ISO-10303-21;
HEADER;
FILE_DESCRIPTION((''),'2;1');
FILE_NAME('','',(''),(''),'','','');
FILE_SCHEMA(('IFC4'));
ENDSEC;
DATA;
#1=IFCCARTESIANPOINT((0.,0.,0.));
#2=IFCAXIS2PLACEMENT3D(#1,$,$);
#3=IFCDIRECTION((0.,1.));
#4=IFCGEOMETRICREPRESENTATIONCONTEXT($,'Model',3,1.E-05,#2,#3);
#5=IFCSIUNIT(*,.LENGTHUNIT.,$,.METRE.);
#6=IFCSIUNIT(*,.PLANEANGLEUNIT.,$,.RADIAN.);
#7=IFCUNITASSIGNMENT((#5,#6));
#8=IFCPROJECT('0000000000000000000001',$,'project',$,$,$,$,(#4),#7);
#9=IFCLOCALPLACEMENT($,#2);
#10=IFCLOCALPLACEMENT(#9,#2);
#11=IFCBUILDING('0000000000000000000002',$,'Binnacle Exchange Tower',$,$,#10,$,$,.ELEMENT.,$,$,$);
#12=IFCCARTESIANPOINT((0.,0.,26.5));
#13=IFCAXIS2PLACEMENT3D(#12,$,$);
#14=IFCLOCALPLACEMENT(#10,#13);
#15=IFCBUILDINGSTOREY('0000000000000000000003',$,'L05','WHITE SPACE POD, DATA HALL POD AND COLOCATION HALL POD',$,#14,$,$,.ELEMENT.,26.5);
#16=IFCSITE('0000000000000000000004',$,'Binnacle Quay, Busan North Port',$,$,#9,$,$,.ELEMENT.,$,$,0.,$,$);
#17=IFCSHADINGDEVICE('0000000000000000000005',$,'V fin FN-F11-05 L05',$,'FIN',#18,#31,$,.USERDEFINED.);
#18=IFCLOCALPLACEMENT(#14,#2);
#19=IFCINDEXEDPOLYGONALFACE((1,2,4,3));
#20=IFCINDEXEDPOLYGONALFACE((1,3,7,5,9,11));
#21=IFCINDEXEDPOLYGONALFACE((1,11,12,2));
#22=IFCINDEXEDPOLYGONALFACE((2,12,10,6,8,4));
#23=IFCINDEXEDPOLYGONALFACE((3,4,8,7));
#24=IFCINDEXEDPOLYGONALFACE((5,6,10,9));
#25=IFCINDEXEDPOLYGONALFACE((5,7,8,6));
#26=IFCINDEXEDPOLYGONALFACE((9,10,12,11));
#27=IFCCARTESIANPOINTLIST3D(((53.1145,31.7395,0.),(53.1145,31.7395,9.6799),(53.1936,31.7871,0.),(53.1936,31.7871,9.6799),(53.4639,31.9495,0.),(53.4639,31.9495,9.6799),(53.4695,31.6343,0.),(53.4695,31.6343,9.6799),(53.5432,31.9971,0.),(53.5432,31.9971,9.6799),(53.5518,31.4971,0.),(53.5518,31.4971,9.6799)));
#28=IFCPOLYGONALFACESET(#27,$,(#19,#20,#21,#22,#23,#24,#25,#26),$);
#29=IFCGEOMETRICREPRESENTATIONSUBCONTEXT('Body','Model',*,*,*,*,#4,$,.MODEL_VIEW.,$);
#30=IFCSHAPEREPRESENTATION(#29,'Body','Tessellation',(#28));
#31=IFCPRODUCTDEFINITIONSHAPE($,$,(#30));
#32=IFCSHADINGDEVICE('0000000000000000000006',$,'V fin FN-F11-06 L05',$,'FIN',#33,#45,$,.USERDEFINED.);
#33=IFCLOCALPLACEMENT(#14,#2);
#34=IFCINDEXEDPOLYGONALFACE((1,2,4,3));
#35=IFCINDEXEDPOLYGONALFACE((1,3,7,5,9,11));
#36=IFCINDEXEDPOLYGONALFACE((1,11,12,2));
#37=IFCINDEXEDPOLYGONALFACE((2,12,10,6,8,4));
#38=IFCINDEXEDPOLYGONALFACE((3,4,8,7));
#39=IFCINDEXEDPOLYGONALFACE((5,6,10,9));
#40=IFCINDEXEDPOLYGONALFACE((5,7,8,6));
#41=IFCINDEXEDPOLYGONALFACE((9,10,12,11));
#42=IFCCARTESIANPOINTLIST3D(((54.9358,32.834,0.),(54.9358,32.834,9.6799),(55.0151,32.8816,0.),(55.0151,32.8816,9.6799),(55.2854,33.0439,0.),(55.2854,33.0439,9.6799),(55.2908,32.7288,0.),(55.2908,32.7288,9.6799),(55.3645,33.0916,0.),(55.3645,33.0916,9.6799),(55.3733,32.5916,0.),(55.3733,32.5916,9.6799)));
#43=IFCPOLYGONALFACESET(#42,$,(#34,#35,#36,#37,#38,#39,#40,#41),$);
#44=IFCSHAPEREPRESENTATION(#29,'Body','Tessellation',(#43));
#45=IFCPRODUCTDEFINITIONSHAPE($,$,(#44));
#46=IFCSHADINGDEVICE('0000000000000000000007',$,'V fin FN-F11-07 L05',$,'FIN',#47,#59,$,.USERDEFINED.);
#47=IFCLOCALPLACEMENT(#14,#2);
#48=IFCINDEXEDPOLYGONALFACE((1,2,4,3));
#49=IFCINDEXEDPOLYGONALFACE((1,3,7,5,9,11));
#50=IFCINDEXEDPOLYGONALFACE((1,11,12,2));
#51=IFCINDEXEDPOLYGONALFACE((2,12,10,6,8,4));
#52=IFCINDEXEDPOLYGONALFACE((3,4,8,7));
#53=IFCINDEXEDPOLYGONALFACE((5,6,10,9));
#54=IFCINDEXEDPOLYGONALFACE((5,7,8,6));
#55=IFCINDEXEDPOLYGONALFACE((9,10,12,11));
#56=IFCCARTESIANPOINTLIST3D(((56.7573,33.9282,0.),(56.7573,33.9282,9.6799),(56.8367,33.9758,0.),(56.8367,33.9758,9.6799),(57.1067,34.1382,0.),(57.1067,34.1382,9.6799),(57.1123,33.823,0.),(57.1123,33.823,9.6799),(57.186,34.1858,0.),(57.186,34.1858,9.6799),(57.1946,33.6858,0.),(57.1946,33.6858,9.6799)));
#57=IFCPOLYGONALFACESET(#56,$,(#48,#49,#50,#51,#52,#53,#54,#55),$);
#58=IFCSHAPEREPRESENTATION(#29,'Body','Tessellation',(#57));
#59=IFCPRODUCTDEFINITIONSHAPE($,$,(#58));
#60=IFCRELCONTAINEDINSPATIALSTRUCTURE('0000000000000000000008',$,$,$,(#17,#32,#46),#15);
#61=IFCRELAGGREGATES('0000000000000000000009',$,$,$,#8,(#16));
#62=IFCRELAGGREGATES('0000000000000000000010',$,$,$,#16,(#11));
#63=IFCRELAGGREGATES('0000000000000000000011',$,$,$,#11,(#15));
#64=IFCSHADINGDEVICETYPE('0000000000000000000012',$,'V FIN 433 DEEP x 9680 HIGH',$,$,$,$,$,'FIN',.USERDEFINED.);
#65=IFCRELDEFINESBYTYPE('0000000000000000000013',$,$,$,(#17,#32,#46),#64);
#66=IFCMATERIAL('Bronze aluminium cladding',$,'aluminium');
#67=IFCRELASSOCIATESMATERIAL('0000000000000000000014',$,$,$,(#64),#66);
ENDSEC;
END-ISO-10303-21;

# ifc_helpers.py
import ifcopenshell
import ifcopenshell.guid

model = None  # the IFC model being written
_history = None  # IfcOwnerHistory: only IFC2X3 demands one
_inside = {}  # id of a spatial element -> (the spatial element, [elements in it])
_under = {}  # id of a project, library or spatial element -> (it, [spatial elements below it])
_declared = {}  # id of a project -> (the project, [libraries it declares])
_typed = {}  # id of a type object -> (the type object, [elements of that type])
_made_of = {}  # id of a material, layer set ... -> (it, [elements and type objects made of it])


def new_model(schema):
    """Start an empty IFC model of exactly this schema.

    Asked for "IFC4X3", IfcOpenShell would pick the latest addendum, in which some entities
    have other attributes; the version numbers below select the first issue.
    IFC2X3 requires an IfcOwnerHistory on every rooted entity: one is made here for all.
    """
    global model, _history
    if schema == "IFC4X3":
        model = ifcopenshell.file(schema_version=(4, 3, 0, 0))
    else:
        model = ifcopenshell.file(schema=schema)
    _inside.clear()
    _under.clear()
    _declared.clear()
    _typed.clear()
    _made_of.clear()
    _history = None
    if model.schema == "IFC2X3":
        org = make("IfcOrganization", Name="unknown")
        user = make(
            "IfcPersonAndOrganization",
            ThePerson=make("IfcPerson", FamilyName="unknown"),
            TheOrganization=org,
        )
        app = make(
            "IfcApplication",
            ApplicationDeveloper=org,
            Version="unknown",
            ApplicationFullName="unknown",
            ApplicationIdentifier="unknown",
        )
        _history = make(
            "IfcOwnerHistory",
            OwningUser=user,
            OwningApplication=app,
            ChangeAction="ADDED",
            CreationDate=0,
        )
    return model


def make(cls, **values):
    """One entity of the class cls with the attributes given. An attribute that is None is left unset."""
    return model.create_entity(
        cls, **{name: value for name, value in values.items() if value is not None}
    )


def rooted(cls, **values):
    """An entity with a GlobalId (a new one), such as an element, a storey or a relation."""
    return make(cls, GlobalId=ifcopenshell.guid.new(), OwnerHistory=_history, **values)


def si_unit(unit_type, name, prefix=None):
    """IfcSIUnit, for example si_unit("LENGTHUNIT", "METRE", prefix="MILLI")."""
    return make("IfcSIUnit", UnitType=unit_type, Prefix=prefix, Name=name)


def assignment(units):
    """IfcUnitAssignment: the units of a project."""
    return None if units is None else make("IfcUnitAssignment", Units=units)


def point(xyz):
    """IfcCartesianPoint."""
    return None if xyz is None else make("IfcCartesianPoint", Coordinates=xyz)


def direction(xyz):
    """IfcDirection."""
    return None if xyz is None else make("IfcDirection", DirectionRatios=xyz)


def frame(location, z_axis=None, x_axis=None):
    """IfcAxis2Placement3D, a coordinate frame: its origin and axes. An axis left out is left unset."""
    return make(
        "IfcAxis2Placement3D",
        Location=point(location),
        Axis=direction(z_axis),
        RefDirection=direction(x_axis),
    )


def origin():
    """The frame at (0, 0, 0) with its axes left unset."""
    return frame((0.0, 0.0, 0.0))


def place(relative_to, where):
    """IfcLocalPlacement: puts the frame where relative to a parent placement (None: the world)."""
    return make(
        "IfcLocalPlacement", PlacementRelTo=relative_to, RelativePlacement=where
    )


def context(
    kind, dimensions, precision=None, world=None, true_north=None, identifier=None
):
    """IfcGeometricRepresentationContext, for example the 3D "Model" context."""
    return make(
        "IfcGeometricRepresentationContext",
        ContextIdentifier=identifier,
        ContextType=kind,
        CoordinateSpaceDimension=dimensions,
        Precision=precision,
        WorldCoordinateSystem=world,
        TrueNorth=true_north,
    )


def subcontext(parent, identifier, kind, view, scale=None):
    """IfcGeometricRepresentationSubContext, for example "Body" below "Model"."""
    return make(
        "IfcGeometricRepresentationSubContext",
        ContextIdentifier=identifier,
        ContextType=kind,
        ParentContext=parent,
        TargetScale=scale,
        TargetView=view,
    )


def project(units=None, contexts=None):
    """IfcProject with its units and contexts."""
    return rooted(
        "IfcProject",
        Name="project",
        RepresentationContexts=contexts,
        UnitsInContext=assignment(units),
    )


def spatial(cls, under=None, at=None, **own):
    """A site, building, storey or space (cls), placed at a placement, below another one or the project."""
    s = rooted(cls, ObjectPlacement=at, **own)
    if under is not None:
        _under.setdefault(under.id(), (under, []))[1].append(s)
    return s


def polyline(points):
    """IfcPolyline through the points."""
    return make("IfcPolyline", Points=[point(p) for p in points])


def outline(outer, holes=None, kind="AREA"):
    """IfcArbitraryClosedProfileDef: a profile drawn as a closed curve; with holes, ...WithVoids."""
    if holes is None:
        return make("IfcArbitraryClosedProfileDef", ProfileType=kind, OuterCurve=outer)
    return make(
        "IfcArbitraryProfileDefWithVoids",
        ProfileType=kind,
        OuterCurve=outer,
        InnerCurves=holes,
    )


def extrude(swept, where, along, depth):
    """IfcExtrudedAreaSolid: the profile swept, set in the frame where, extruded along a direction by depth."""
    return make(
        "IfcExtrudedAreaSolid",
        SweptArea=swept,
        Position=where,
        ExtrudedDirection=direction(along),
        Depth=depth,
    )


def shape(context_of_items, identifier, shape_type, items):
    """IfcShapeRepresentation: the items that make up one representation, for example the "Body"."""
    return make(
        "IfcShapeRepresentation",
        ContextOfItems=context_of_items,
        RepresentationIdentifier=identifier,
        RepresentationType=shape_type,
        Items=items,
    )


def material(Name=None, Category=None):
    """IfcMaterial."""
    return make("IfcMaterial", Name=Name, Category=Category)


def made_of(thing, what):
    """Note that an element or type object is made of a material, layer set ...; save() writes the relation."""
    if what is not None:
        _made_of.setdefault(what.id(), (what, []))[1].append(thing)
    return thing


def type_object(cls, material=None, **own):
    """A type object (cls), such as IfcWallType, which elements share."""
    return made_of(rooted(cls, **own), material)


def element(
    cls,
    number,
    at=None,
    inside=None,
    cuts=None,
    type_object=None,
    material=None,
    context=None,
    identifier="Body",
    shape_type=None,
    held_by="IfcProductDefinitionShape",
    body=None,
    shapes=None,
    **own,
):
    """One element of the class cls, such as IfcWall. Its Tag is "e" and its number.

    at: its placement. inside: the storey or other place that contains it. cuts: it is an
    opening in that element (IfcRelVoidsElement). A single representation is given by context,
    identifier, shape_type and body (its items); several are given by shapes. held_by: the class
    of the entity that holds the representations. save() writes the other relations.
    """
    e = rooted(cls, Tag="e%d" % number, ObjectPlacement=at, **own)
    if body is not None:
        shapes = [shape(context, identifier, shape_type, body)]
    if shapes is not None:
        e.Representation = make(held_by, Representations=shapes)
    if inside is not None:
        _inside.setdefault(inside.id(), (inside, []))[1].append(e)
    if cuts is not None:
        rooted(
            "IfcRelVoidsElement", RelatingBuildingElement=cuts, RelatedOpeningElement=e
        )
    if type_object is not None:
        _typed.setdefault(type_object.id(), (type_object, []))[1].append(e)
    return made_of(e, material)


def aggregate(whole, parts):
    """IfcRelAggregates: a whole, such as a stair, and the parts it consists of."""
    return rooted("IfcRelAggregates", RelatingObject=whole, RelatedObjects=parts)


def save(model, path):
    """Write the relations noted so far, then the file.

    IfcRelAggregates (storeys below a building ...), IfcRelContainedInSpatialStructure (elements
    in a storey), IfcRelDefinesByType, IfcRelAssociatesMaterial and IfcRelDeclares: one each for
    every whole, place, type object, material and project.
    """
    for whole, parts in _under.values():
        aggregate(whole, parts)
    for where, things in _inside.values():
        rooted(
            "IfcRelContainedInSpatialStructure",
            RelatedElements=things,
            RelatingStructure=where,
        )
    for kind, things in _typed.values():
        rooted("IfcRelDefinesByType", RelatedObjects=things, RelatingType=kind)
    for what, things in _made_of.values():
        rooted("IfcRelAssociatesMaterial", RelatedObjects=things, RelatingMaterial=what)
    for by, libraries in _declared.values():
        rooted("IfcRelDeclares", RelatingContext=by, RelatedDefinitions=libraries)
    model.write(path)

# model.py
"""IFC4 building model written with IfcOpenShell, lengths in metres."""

from ifc_helpers import new_model, si_unit, direction, frame, origin, place, context, subcontext, project, spatial, polyline, outline, extrude, material, type_object, element, save


model = new_model("IFC4")

# Units and contexts
model_context = context("Model", 3, precision=1e-05, world=origin(), true_north=direction((0.0, 1.0)))
body_context = subcontext(model_context, "Body", "Model", "MODEL_VIEW")
ifc_project = project(units=[si_unit("LENGTHUNIT", "METRE"), si_unit("PLANEANGLEUNIT", "RADIAN")], contexts=[model_context])

# Site, building, storey
site_placement = place(None, origin())
site = spatial("IfcSite", under=ifc_project, at=site_placement, Name="Binnacle Quay, Busan North Port", CompositionType="ELEMENT", RefElevation=0.0)
building_placement = place(site_placement, origin())
building = spatial("IfcBuilding", under=site, at=building_placement, Name="Binnacle Exchange Tower", CompositionType="ELEMENT")
storey_placement = place(building_placement, frame((0.0, 0.0, 26.5)))
storey = spatial("IfcBuildingStorey", under=building, at=storey_placement, Name="L05", Description="WHITE SPACE POD, DATA HALL POD AND COLOCATION HALL POD", CompositionType="ELEMENT", Elevation=26.5)

# Shading devices
ifc_material = material(Name="Bronze aluminium cladding", Category="aluminium")
shading_device_type = type_object("IfcShadingDeviceType", Name="V FIN 433 DEEP x 9680 HIGH", ElementType="FIN", PredefinedType="USERDEFINED", material=ifc_material)
shading_device_1_placement = place(storey_placement, origin())
element("IfcShadingDevice", 1, at=shading_device_1_placement, inside=storey, type_object=shading_device_type, Name="V fin FN-F11-05 L05", ObjectType="FIN", PredefinedType="USERDEFINED", context=body_context, shape_type="SweptSolid", body=[
    extrude(outline(polyline([(53.1145, 31.7395), (53.5518, 31.4971), (53.5432, 31.9971), (53.4639, 31.9495), (53.4695, 31.6343), (53.1936, 31.7871), (53.1145, 31.7395)])), origin(), (0.0, 0.0, 1.0), 9.6799),
])
shading_device_2_placement = place(storey_placement, origin())
element("IfcShadingDevice", 2, at=shading_device_2_placement, inside=storey, type_object=shading_device_type, Name="V fin FN-F11-06 L05", ObjectType="FIN", PredefinedType="USERDEFINED", context=body_context, shape_type="SweptSolid", body=[
    extrude(outline(polyline([(54.9358, 32.834), (55.3733, 32.5916), (55.3645, 33.0916), (55.2854, 33.0439), (55.2908, 32.7288), (55.0151, 32.8816), (54.9358, 32.834)])), origin(), (0.0, 0.0, 1.0), 9.6799),
])
shading_device_3_placement = place(storey_placement, origin())
element("IfcShadingDevice", 3, at=shading_device_3_placement, inside=storey, type_object=shading_device_type, Name="V fin FN-F11-07 L05", ObjectType="FIN", PredefinedType="USERDEFINED", context=body_context, shape_type="SweptSolid", body=[
    extrude(outline(polyline([(56.7573, 33.9282), (57.1946, 33.6858), (57.186, 34.1858), (57.1067, 34.1382), (57.1123, 33.823), (56.8367, 33.9758), (56.7573, 33.9282)])), origin(), (0.0, 0.0, 1.0), 9.6799),
])

save(model, "model.ifc")
